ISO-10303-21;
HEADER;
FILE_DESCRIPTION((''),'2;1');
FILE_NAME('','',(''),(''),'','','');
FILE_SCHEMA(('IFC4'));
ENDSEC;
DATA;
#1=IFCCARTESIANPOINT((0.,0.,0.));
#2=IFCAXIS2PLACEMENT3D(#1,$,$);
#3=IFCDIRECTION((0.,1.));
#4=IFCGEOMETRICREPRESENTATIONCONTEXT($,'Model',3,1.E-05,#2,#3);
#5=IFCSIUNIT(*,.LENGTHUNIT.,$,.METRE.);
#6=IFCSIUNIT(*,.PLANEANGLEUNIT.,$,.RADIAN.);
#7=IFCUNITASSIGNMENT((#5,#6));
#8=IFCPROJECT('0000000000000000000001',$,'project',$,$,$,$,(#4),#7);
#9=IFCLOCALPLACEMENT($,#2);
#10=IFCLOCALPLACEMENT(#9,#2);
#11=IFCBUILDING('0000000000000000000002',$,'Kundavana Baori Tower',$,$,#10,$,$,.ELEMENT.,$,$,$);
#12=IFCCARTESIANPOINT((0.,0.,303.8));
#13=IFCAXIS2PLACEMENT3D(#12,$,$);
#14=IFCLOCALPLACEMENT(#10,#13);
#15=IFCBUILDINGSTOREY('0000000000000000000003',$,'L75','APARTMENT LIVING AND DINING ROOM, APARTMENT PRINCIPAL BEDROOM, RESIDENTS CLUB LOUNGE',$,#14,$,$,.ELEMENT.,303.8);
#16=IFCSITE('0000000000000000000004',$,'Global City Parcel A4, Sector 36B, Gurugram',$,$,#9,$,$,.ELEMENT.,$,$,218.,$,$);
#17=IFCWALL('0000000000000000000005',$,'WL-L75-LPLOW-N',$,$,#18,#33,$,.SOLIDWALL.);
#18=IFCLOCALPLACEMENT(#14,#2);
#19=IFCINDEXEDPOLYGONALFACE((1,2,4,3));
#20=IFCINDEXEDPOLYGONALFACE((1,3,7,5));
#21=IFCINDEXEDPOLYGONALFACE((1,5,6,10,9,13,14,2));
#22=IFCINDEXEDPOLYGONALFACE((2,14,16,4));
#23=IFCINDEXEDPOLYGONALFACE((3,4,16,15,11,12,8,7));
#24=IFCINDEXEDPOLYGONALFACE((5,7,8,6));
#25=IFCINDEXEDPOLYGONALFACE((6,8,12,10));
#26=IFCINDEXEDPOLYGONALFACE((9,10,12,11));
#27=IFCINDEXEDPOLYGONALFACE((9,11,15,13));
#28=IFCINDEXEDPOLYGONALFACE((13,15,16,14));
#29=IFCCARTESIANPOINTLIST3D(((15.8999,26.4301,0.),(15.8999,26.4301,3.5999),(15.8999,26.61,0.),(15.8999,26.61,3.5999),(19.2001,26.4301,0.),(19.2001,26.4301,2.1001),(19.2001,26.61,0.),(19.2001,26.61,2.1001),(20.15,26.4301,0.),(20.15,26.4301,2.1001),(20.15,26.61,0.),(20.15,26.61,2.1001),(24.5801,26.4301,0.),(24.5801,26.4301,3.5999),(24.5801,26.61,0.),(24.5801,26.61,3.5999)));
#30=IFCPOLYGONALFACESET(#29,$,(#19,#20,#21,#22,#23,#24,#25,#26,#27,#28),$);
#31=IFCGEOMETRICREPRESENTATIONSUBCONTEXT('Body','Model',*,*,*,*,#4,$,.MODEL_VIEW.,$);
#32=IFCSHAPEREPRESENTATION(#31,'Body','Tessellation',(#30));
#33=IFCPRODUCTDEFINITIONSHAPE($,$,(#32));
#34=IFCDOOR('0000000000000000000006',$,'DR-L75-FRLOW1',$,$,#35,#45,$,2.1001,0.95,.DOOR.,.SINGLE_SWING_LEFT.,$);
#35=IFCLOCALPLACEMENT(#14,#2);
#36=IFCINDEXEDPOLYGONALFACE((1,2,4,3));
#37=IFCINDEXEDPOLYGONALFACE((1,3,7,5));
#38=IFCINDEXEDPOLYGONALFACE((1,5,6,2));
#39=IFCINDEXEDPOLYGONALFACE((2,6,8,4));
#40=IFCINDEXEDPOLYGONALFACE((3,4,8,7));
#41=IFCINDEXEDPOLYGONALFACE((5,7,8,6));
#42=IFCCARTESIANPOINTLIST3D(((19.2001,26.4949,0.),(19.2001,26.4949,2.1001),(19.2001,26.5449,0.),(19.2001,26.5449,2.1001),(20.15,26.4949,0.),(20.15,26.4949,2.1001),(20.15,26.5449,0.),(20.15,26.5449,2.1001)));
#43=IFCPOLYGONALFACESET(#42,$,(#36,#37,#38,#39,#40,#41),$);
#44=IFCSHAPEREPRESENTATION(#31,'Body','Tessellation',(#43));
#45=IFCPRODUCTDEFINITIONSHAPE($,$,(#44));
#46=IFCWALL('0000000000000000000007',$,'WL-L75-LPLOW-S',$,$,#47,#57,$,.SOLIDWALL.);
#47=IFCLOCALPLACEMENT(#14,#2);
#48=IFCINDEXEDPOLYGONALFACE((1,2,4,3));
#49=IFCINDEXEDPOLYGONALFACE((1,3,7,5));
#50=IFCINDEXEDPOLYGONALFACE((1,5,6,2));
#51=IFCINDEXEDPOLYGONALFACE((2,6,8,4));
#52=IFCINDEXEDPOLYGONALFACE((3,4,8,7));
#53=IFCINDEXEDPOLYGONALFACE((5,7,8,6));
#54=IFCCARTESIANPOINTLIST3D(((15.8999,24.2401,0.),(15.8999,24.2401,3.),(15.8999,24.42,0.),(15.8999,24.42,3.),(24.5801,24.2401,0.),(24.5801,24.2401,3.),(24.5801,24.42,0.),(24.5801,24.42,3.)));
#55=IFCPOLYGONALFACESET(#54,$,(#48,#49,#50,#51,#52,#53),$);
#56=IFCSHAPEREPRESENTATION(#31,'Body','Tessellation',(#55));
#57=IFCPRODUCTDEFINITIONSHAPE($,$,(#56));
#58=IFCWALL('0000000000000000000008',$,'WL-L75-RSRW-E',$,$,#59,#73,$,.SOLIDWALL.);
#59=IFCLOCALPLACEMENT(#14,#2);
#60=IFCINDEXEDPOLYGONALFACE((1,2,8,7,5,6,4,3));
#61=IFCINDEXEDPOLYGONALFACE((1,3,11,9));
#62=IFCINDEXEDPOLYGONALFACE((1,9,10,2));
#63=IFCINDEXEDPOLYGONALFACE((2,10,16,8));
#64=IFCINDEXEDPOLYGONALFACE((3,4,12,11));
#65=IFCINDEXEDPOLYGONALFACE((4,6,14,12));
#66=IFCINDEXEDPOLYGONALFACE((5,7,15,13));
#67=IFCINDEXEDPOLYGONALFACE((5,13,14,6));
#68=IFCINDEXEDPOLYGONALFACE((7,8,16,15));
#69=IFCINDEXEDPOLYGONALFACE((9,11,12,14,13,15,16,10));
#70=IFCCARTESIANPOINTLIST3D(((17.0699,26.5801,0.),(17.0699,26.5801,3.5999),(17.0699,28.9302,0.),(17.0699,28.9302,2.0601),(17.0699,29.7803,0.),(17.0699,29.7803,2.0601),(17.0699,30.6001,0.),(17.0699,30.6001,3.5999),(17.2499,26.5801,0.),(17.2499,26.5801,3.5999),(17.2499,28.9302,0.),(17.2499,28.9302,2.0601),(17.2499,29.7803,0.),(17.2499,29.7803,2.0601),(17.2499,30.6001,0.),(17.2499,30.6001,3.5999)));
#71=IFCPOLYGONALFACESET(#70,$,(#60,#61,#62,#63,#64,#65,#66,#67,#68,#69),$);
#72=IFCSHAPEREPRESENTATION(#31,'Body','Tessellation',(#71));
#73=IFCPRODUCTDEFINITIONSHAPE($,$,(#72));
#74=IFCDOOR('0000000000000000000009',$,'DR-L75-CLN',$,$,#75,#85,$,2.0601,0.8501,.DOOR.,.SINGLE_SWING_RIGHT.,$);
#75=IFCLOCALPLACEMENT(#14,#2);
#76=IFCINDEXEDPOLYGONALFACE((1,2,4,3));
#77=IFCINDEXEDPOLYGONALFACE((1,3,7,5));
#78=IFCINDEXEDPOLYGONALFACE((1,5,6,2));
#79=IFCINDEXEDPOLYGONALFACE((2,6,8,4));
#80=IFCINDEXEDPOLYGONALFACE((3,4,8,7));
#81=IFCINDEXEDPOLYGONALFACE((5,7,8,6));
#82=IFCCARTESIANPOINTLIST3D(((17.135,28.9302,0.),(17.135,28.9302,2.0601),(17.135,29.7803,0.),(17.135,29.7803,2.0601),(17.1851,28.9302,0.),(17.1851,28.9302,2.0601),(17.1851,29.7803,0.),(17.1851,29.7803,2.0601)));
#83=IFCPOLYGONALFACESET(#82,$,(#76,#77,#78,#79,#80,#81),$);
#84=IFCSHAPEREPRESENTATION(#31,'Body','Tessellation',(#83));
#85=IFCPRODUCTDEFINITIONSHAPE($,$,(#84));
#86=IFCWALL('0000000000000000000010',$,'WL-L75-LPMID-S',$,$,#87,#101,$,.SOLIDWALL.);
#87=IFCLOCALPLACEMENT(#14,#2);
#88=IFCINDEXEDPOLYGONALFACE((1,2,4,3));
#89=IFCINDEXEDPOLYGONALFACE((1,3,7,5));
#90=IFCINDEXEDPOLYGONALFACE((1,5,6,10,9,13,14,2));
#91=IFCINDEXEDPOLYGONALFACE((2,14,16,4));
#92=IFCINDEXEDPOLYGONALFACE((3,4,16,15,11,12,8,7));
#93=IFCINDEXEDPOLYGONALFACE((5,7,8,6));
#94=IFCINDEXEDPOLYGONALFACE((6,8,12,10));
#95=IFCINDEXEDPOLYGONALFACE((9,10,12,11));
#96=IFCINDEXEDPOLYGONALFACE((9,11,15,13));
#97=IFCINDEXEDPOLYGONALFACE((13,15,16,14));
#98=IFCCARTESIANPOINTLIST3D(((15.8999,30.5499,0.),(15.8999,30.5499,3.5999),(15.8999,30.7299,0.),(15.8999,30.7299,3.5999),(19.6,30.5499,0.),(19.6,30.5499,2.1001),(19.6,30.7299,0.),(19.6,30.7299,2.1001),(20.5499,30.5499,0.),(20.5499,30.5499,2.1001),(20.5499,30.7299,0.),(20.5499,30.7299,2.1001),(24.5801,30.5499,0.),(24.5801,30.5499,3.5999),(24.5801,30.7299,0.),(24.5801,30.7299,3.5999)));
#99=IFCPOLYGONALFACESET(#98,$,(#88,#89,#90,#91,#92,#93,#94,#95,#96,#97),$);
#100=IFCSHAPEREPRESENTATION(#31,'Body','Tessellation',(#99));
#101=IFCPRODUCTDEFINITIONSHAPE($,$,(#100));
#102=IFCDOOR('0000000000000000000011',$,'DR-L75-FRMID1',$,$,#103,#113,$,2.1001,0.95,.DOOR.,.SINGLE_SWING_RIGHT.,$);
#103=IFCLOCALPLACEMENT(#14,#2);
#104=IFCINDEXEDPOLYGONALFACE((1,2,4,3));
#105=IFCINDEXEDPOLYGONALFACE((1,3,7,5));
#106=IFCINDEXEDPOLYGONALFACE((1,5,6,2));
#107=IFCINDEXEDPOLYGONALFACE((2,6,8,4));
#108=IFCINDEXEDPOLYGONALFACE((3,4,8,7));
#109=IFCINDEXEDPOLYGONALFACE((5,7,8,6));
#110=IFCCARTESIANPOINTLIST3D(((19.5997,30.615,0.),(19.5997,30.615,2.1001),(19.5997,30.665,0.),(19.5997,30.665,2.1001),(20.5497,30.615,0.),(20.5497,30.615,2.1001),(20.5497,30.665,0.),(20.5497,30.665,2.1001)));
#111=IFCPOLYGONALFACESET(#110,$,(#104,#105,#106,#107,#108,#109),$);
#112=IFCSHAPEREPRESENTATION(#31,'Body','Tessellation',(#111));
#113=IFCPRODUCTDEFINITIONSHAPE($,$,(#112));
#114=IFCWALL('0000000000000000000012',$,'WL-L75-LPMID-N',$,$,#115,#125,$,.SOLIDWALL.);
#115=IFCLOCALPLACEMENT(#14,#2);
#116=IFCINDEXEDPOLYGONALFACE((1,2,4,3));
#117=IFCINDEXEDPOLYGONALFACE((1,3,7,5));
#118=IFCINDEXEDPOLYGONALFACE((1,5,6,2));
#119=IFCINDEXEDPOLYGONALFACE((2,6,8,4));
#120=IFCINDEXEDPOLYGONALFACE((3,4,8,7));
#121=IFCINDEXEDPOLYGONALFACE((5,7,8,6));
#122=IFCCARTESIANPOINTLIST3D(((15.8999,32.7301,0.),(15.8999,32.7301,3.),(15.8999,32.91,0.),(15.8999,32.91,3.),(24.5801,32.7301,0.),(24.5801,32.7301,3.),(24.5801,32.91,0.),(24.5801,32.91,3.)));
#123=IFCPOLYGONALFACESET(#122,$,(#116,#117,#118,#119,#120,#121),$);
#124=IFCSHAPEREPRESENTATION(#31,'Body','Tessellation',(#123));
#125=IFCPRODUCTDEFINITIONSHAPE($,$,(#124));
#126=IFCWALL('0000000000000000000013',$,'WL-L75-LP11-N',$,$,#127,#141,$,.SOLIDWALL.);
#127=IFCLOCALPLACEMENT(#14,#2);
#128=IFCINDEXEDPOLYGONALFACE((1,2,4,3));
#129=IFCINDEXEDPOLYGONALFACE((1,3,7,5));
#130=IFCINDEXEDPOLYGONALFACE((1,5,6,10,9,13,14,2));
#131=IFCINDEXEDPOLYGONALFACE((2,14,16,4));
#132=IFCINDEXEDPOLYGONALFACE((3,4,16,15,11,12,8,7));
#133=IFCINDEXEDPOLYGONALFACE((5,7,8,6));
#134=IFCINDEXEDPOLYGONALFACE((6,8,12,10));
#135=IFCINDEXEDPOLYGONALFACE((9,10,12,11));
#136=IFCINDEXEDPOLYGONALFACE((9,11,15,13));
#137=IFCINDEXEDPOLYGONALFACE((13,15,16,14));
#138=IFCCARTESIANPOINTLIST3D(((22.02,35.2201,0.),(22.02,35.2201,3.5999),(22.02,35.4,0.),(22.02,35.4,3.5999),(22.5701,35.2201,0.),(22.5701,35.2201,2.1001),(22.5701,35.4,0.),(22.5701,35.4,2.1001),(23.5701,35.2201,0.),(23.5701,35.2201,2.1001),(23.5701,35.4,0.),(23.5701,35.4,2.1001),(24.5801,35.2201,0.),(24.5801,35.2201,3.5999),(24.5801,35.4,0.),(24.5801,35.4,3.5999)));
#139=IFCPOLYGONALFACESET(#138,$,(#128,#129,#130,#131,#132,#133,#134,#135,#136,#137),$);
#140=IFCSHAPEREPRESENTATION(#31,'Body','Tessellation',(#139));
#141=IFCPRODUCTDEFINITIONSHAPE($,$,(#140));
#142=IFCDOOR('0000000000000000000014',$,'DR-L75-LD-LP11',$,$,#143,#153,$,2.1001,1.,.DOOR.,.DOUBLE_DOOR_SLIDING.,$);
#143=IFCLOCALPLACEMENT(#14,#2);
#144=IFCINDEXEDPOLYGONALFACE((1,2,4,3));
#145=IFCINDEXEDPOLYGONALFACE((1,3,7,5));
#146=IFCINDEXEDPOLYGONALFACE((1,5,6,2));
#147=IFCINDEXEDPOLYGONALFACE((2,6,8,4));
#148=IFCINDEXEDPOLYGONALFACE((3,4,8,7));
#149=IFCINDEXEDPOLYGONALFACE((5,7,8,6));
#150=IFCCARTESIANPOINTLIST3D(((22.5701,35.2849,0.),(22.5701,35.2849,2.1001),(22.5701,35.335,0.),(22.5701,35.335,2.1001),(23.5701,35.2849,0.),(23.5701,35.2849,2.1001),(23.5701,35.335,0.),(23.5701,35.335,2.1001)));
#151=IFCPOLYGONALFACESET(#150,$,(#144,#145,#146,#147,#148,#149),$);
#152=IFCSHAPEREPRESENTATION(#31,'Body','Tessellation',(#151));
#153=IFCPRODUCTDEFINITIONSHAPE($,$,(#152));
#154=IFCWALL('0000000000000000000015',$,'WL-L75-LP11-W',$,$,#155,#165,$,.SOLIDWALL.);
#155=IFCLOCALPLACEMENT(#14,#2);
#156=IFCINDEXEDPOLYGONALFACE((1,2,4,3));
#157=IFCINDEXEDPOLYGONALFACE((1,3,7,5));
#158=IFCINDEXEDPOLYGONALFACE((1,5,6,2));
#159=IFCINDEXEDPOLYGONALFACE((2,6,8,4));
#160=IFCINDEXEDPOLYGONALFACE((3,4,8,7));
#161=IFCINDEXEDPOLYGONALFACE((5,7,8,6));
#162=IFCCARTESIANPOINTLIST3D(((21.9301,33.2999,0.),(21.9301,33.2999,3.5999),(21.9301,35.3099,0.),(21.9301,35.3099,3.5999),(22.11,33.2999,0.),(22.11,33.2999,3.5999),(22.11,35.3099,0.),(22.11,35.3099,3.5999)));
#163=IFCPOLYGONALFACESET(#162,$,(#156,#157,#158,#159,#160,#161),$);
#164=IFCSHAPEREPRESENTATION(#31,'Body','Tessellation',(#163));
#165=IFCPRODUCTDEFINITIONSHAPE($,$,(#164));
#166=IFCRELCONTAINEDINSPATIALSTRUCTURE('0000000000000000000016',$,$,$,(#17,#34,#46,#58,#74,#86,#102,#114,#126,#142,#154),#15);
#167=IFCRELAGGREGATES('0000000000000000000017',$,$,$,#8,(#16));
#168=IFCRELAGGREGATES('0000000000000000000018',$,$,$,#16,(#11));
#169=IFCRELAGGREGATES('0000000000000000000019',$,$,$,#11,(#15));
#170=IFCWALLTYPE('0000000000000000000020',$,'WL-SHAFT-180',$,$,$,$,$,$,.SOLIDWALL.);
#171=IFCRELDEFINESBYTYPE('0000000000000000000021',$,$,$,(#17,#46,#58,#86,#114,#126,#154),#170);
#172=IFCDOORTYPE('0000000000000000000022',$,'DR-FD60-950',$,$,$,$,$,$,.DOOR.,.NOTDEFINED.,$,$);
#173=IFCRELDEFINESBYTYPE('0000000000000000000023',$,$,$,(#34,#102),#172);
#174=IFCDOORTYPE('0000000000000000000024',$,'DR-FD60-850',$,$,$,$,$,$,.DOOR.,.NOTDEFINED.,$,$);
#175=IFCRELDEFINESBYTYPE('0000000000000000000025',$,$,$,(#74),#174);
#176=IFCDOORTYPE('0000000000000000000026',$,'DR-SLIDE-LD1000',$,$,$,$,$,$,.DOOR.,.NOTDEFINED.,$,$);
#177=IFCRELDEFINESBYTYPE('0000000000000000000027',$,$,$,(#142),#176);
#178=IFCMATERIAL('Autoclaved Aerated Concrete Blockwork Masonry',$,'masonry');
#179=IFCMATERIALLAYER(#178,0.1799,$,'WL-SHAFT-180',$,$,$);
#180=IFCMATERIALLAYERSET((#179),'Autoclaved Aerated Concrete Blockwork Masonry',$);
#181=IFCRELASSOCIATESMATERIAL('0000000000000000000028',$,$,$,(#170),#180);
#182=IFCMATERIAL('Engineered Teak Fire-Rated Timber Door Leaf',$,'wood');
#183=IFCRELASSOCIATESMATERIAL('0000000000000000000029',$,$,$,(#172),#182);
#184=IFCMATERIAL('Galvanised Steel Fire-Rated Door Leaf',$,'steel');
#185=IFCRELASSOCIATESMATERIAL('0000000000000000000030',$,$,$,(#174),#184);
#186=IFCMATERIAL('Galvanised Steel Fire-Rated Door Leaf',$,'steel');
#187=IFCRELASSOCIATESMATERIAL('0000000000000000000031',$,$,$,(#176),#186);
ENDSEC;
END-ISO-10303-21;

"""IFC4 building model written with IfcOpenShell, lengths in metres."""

from ifc_helpers import new_model, si_unit, direction, frame, frame_2d, origin, place, context, subcontext, project, spatial, rectangle, extrude, material, layer, layer_set, type_object, element, fill, save


model = new_model("IFC4")

# Units and contexts
model_context = context("Model", 3, precision=1e-05, world=origin(), true_north=direction((0.0, 1.0)))
body_context = subcontext(model_context, "Body", "Model", "MODEL_VIEW")
ifc_project = project(units=[si_unit("LENGTHUNIT", "METRE"), si_unit("PLANEANGLEUNIT", "RADIAN")], contexts=[model_context])

# Site, building, storey
site_placement = place(None, origin())
site = spatial("IfcSite", under=ifc_project, at=site_placement, Name="Global City Parcel A4, Sector 36B, Gurugram", CompositionType="ELEMENT", RefElevation=218.0)
building_placement = place(site_placement, origin())
building = spatial("IfcBuilding", under=site, at=building_placement, Name="Kundavana Baori Tower", CompositionType="ELEMENT")
storey_placement = place(building_placement, frame((0.0, 0.0, 303.8)))
storey = spatial("IfcBuildingStorey", under=building, at=storey_placement, Name="L75", Description="APARTMENT LIVING AND DINING ROOM, APARTMENT PRINCIPAL BEDROOM, RESIDENTS CLUB LOUNGE", CompositionType="ELEMENT", Elevation=303.8)

# Wall, opening, door
ifc_material_1 = material(Name="Autoclaved Aerated Concrete Blockwork Masonry", Category="masonry")
ifc_layer_1 = layer(ifc_material_1, 0.1799, Name="WL-SHAFT-180")
ifc_layer_set_1 = layer_set([ifc_layer_1], Name="Autoclaved Aerated Concrete Blockwork Masonry")
wall_type_1 = type_object("IfcWallType", Name="WL-SHAFT-180", PredefinedType="SOLIDWALL", material=ifc_layer_set_1)
wall_1_placement = place(storey_placement, frame((15.8999, 26.52, 0.0), z_axis=(0.0, 0.0, 1.0), x_axis=(1.0, 0.0, 0.0)))
wall_1 = element("IfcWall", 1, at=wall_1_placement, inside=storey, type_object=wall_type_1, Name="WL-L75-LPLOW-N", PredefinedType="SOLIDWALL", context=body_context, shape_type="SweptSolid", body=[
    extrude(rectangle(XDim=8.6802, YDim=0.1799, at=frame_2d((4.3401, 0.0))), origin(), (0.0, 0.0, 1.0), 3.5999),
])
opening_1_placement = place(wall_1_placement, frame((3.3, 0.0, 0.0)))
opening_1 = element("IfcOpeningElement", 2, at=opening_1_placement, cuts=wall_1, PredefinedType="OPENING", context=body_context, shape_type="SweptSolid", body=[
    extrude(rectangle(XDim=0.95, YDim=2.1001, at=frame_2d((0.4751, 1.05))), frame((0.0, 0.1001, 0.0), z_axis=(0.0, -1.0, 0.0), x_axis=(1.0, 0.0, 0.0)), (0.0, 0.0, 1.0), 0.2),
])
ifc_material_2 = material(Name="Engineered Teak Fire-Rated Timber Door Leaf", Category="wood")
door_type_1 = type_object("IfcDoorType", Name="DR-FD60-950", OperationType="NOTDEFINED", PredefinedType="DOOR", material=ifc_material_2)
door_1_placement = place(opening_1_placement, origin())
door_1 = element("IfcDoor", 3, at=door_1_placement, inside=storey, type_object=door_type_1, Name="DR-L75-FRLOW1", OperationType="SINGLE_SWING_LEFT", OverallHeight=2.1001, OverallWidth=0.95, PredefinedType="DOOR", context=body_context, shape_type="SweptSolid", body=[
    extrude(rectangle(XDim=0.95, YDim=2.1001, at=frame_2d((0.4751, 1.05))), frame((0.0, 0.0249, 0.0), z_axis=(0.0, -1.0, 0.0), x_axis=(1.0, 0.0, 0.0)), (0.0, 0.0, 1.0), 0.05),
])
fill(opening_1, door_1)

# Wall
wall_2_placement = place(storey_placement, frame((15.8999, 24.3301, 0.0), z_axis=(0.0, 0.0, 1.0), x_axis=(1.0, 0.0, 0.0)))
element("IfcWall", 4, at=wall_2_placement, inside=storey, type_object=wall_type_1, Name="WL-L75-LPLOW-S", PredefinedType="SOLIDWALL", context=body_context, shape_type="SweptSolid", body=[
    extrude(rectangle(XDim=8.6802, YDim=0.1799, at=frame_2d((4.3401, 0.0))), origin(), (0.0, 0.0, 1.0), 3.0),
])

# Walls, openings, doors
wall_3_placement = place(storey_placement, frame((17.1599, 26.5801, 0.0), z_axis=(0.0, 0.0, 1.0), x_axis=(0.0, 1.0, 0.0)))
wall_3 = element("IfcWall", 5, at=wall_3_placement, inside=storey, type_object=wall_type_1, Name="WL-L75-RSRW-E", PredefinedType="SOLIDWALL", context=body_context, shape_type="SweptSolid", body=[
    extrude(rectangle(XDim=4.02, YDim=0.1799, at=frame_2d((2.01, 0.0))), origin(), (0.0, 0.0, 1.0), 3.5999),
])
opening_2_placement = place(wall_3_placement, frame((2.3501, 0.0, 0.0)))
opening_2 = element("IfcOpeningElement", 6, at=opening_2_placement, cuts=wall_3, PredefinedType="OPENING", context=body_context, shape_type="SweptSolid", body=[
    extrude(rectangle(XDim=0.8501, YDim=2.0601, at=frame_2d((0.425, 1.03))), frame((0.0, 0.1001, 0.0), z_axis=(0.0, -1.0, 0.0), x_axis=(1.0, 0.0, 0.0)), (0.0, 0.0, 1.0), 0.2),
])
ifc_material_3 = material(Name="Galvanised Steel Fire-Rated Door Leaf", Category="steel")
door_type_2 = type_object("IfcDoorType", Name="DR-FD60-850", OperationType="NOTDEFINED", PredefinedType="DOOR", material=ifc_material_3)
door_2_placement = place(opening_2_placement, origin())
door_2 = element("IfcDoor", 7, at=door_2_placement, inside=storey, type_object=door_type_2, Name="DR-L75-CLN", OperationType="SINGLE_SWING_RIGHT", OverallHeight=2.0601, OverallWidth=0.8501, PredefinedType="DOOR", context=body_context, shape_type="SweptSolid", body=[
    extrude(rectangle(XDim=0.8501, YDim=2.0601, at=frame_2d((0.425, 1.03))), frame((0.0, 0.0249, 0.0), z_axis=(0.0, -1.0, 0.0), x_axis=(1.0, 0.0, 0.0)), (0.0, 0.0, 1.0), 0.05),
])
fill(opening_2, door_2)
wall_4_placement = place(storey_placement, frame((15.8999, 30.6399, 0.0), z_axis=(0.0, 0.0, 1.0), x_axis=(1.0, 0.0, 0.0)))
wall_4 = element("IfcWall", 8, at=wall_4_placement, inside=storey, type_object=wall_type_1, Name="WL-L75-LPMID-S", PredefinedType="SOLIDWALL", context=body_context, shape_type="SweptSolid", body=[
    extrude(rectangle(XDim=8.6802, YDim=0.1799, at=frame_2d((4.3401, 0.0))), origin(), (0.0, 0.0, 1.0), 3.5999),
])
opening_3_placement = place(wall_4_placement, frame((3.7, 0.0, 0.0)))
opening_3 = element("IfcOpeningElement", 9, at=opening_3_placement, cuts=wall_4, PredefinedType="OPENING", context=body_context, shape_type="SweptSolid", body=[
    extrude(rectangle(XDim=0.95, YDim=2.1001, at=frame_2d((0.4751, 1.05))), frame((0.0, 0.1001, 0.0), z_axis=(0.0, -1.0, 0.0), x_axis=(1.0, 0.0, 0.0)), (0.0, 0.0, 1.0), 0.2),
])
door_3_placement = place(opening_3_placement, frame((0.95, 0.0, 0.0), z_axis=(0.0, 0.0, 1.0), x_axis=(-1.0, 0.0, 0.0)))
door_3 = element("IfcDoor", 10, at=door_3_placement, inside=storey, type_object=door_type_1, Name="DR-L75-FRMID1", OperationType="SINGLE_SWING_RIGHT", OverallHeight=2.1001, OverallWidth=0.95, PredefinedType="DOOR", context=body_context, shape_type="SweptSolid", body=[
    extrude(rectangle(XDim=0.95, YDim=2.1001, at=frame_2d((0.4751, 1.05))), frame((0.0, 0.0249, 0.0), z_axis=(0.0, -1.0, 0.0), x_axis=(1.0, 0.0, 0.0)), (0.0, 0.0, 1.0), 0.05),
])
fill(opening_3, door_3)

# Wall
wall_5_placement = place(storey_placement, frame((15.8999, 32.8201, 0.0), z_axis=(0.0, 0.0, 1.0), x_axis=(1.0, 0.0, 0.0)))
element("IfcWall", 11, at=wall_5_placement, inside=storey, type_object=wall_type_1, Name="WL-L75-LPMID-N", PredefinedType="SOLIDWALL", context=body_context, shape_type="SweptSolid", body=[
    extrude(rectangle(XDim=8.6802, YDim=0.1799, at=frame_2d((4.3401, 0.0))), origin(), (0.0, 0.0, 1.0), 3.0),
])

# Wall, opening, door
wall_6_placement = place(storey_placement, frame((22.02, 35.3101, 0.0), z_axis=(0.0, 0.0, 1.0), x_axis=(1.0, 0.0, 0.0)))
wall_6 = element("IfcWall", 12, at=wall_6_placement, inside=storey, type_object=wall_type_1, Name="WL-L75-LP11-N", PredefinedType="SOLIDWALL", context=body_context, shape_type="SweptSolid", body=[
    extrude(rectangle(XDim=2.5601, YDim=0.1799, at=frame_2d((1.28, 0.0))), origin(), (0.0, 0.0, 1.0), 3.5999),
])
opening_4_placement = place(wall_6_placement, frame((0.55, 0.0, 0.0)))
opening_4 = element("IfcOpeningElement", 13, at=opening_4_placement, cuts=wall_6, PredefinedType="OPENING", context=body_context, shape_type="SweptSolid", body=[
    extrude(rectangle(XDim=1.0, YDim=2.1001, at=frame_2d((0.5, 1.05))), frame((0.0, 0.1001, 0.0), z_axis=(0.0, -1.0, 0.0), x_axis=(1.0, 0.0, 0.0)), (0.0, 0.0, 1.0), 0.2),
])
ifc_material_4 = material(Name="Galvanised Steel Fire-Rated Door Leaf", Category="steel")
door_type_3 = type_object("IfcDoorType", Name="DR-SLIDE-LD1000", OperationType="NOTDEFINED", PredefinedType="DOOR", material=ifc_material_4)
door_4_placement = place(opening_4_placement, origin())
door_4 = element("IfcDoor", 14, at=door_4_placement, inside=storey, type_object=door_type_3, Name="DR-L75-LD-LP11", OperationType="DOUBLE_DOOR_SLIDING", OverallHeight=2.1001, OverallWidth=1.0, PredefinedType="DOOR", context=body_context, shape_type="SweptSolid", body=[
    extrude(rectangle(XDim=1.0, YDim=2.1001, at=frame_2d((0.5, 1.05))), frame((0.0, 0.0249, 0.0), z_axis=(0.0, -1.0, 0.0), x_axis=(1.0, 0.0, 0.0)), (0.0, 0.0, 1.0), 0.05),
])
fill(opening_4, door_4)

# Wall
wall_7_placement = place(storey_placement, frame((22.02, 33.3, 0.0), z_axis=(0.0, 0.0, 1.0), x_axis=(0.0, 1.0, 0.0)))
element("IfcWall", 15, at=wall_7_placement, inside=storey, type_object=wall_type_1, Name="WL-L75-LP11-W", PredefinedType="SOLIDWALL", context=body_context, shape_type="SweptSolid", body=[
    extrude(rectangle(XDim=2.01, YDim=0.1799, at=frame_2d((1.0049, 0.0))), origin(), (0.0, 0.0, 1.0), 3.5999),
])

save(model, "model.ifc")
